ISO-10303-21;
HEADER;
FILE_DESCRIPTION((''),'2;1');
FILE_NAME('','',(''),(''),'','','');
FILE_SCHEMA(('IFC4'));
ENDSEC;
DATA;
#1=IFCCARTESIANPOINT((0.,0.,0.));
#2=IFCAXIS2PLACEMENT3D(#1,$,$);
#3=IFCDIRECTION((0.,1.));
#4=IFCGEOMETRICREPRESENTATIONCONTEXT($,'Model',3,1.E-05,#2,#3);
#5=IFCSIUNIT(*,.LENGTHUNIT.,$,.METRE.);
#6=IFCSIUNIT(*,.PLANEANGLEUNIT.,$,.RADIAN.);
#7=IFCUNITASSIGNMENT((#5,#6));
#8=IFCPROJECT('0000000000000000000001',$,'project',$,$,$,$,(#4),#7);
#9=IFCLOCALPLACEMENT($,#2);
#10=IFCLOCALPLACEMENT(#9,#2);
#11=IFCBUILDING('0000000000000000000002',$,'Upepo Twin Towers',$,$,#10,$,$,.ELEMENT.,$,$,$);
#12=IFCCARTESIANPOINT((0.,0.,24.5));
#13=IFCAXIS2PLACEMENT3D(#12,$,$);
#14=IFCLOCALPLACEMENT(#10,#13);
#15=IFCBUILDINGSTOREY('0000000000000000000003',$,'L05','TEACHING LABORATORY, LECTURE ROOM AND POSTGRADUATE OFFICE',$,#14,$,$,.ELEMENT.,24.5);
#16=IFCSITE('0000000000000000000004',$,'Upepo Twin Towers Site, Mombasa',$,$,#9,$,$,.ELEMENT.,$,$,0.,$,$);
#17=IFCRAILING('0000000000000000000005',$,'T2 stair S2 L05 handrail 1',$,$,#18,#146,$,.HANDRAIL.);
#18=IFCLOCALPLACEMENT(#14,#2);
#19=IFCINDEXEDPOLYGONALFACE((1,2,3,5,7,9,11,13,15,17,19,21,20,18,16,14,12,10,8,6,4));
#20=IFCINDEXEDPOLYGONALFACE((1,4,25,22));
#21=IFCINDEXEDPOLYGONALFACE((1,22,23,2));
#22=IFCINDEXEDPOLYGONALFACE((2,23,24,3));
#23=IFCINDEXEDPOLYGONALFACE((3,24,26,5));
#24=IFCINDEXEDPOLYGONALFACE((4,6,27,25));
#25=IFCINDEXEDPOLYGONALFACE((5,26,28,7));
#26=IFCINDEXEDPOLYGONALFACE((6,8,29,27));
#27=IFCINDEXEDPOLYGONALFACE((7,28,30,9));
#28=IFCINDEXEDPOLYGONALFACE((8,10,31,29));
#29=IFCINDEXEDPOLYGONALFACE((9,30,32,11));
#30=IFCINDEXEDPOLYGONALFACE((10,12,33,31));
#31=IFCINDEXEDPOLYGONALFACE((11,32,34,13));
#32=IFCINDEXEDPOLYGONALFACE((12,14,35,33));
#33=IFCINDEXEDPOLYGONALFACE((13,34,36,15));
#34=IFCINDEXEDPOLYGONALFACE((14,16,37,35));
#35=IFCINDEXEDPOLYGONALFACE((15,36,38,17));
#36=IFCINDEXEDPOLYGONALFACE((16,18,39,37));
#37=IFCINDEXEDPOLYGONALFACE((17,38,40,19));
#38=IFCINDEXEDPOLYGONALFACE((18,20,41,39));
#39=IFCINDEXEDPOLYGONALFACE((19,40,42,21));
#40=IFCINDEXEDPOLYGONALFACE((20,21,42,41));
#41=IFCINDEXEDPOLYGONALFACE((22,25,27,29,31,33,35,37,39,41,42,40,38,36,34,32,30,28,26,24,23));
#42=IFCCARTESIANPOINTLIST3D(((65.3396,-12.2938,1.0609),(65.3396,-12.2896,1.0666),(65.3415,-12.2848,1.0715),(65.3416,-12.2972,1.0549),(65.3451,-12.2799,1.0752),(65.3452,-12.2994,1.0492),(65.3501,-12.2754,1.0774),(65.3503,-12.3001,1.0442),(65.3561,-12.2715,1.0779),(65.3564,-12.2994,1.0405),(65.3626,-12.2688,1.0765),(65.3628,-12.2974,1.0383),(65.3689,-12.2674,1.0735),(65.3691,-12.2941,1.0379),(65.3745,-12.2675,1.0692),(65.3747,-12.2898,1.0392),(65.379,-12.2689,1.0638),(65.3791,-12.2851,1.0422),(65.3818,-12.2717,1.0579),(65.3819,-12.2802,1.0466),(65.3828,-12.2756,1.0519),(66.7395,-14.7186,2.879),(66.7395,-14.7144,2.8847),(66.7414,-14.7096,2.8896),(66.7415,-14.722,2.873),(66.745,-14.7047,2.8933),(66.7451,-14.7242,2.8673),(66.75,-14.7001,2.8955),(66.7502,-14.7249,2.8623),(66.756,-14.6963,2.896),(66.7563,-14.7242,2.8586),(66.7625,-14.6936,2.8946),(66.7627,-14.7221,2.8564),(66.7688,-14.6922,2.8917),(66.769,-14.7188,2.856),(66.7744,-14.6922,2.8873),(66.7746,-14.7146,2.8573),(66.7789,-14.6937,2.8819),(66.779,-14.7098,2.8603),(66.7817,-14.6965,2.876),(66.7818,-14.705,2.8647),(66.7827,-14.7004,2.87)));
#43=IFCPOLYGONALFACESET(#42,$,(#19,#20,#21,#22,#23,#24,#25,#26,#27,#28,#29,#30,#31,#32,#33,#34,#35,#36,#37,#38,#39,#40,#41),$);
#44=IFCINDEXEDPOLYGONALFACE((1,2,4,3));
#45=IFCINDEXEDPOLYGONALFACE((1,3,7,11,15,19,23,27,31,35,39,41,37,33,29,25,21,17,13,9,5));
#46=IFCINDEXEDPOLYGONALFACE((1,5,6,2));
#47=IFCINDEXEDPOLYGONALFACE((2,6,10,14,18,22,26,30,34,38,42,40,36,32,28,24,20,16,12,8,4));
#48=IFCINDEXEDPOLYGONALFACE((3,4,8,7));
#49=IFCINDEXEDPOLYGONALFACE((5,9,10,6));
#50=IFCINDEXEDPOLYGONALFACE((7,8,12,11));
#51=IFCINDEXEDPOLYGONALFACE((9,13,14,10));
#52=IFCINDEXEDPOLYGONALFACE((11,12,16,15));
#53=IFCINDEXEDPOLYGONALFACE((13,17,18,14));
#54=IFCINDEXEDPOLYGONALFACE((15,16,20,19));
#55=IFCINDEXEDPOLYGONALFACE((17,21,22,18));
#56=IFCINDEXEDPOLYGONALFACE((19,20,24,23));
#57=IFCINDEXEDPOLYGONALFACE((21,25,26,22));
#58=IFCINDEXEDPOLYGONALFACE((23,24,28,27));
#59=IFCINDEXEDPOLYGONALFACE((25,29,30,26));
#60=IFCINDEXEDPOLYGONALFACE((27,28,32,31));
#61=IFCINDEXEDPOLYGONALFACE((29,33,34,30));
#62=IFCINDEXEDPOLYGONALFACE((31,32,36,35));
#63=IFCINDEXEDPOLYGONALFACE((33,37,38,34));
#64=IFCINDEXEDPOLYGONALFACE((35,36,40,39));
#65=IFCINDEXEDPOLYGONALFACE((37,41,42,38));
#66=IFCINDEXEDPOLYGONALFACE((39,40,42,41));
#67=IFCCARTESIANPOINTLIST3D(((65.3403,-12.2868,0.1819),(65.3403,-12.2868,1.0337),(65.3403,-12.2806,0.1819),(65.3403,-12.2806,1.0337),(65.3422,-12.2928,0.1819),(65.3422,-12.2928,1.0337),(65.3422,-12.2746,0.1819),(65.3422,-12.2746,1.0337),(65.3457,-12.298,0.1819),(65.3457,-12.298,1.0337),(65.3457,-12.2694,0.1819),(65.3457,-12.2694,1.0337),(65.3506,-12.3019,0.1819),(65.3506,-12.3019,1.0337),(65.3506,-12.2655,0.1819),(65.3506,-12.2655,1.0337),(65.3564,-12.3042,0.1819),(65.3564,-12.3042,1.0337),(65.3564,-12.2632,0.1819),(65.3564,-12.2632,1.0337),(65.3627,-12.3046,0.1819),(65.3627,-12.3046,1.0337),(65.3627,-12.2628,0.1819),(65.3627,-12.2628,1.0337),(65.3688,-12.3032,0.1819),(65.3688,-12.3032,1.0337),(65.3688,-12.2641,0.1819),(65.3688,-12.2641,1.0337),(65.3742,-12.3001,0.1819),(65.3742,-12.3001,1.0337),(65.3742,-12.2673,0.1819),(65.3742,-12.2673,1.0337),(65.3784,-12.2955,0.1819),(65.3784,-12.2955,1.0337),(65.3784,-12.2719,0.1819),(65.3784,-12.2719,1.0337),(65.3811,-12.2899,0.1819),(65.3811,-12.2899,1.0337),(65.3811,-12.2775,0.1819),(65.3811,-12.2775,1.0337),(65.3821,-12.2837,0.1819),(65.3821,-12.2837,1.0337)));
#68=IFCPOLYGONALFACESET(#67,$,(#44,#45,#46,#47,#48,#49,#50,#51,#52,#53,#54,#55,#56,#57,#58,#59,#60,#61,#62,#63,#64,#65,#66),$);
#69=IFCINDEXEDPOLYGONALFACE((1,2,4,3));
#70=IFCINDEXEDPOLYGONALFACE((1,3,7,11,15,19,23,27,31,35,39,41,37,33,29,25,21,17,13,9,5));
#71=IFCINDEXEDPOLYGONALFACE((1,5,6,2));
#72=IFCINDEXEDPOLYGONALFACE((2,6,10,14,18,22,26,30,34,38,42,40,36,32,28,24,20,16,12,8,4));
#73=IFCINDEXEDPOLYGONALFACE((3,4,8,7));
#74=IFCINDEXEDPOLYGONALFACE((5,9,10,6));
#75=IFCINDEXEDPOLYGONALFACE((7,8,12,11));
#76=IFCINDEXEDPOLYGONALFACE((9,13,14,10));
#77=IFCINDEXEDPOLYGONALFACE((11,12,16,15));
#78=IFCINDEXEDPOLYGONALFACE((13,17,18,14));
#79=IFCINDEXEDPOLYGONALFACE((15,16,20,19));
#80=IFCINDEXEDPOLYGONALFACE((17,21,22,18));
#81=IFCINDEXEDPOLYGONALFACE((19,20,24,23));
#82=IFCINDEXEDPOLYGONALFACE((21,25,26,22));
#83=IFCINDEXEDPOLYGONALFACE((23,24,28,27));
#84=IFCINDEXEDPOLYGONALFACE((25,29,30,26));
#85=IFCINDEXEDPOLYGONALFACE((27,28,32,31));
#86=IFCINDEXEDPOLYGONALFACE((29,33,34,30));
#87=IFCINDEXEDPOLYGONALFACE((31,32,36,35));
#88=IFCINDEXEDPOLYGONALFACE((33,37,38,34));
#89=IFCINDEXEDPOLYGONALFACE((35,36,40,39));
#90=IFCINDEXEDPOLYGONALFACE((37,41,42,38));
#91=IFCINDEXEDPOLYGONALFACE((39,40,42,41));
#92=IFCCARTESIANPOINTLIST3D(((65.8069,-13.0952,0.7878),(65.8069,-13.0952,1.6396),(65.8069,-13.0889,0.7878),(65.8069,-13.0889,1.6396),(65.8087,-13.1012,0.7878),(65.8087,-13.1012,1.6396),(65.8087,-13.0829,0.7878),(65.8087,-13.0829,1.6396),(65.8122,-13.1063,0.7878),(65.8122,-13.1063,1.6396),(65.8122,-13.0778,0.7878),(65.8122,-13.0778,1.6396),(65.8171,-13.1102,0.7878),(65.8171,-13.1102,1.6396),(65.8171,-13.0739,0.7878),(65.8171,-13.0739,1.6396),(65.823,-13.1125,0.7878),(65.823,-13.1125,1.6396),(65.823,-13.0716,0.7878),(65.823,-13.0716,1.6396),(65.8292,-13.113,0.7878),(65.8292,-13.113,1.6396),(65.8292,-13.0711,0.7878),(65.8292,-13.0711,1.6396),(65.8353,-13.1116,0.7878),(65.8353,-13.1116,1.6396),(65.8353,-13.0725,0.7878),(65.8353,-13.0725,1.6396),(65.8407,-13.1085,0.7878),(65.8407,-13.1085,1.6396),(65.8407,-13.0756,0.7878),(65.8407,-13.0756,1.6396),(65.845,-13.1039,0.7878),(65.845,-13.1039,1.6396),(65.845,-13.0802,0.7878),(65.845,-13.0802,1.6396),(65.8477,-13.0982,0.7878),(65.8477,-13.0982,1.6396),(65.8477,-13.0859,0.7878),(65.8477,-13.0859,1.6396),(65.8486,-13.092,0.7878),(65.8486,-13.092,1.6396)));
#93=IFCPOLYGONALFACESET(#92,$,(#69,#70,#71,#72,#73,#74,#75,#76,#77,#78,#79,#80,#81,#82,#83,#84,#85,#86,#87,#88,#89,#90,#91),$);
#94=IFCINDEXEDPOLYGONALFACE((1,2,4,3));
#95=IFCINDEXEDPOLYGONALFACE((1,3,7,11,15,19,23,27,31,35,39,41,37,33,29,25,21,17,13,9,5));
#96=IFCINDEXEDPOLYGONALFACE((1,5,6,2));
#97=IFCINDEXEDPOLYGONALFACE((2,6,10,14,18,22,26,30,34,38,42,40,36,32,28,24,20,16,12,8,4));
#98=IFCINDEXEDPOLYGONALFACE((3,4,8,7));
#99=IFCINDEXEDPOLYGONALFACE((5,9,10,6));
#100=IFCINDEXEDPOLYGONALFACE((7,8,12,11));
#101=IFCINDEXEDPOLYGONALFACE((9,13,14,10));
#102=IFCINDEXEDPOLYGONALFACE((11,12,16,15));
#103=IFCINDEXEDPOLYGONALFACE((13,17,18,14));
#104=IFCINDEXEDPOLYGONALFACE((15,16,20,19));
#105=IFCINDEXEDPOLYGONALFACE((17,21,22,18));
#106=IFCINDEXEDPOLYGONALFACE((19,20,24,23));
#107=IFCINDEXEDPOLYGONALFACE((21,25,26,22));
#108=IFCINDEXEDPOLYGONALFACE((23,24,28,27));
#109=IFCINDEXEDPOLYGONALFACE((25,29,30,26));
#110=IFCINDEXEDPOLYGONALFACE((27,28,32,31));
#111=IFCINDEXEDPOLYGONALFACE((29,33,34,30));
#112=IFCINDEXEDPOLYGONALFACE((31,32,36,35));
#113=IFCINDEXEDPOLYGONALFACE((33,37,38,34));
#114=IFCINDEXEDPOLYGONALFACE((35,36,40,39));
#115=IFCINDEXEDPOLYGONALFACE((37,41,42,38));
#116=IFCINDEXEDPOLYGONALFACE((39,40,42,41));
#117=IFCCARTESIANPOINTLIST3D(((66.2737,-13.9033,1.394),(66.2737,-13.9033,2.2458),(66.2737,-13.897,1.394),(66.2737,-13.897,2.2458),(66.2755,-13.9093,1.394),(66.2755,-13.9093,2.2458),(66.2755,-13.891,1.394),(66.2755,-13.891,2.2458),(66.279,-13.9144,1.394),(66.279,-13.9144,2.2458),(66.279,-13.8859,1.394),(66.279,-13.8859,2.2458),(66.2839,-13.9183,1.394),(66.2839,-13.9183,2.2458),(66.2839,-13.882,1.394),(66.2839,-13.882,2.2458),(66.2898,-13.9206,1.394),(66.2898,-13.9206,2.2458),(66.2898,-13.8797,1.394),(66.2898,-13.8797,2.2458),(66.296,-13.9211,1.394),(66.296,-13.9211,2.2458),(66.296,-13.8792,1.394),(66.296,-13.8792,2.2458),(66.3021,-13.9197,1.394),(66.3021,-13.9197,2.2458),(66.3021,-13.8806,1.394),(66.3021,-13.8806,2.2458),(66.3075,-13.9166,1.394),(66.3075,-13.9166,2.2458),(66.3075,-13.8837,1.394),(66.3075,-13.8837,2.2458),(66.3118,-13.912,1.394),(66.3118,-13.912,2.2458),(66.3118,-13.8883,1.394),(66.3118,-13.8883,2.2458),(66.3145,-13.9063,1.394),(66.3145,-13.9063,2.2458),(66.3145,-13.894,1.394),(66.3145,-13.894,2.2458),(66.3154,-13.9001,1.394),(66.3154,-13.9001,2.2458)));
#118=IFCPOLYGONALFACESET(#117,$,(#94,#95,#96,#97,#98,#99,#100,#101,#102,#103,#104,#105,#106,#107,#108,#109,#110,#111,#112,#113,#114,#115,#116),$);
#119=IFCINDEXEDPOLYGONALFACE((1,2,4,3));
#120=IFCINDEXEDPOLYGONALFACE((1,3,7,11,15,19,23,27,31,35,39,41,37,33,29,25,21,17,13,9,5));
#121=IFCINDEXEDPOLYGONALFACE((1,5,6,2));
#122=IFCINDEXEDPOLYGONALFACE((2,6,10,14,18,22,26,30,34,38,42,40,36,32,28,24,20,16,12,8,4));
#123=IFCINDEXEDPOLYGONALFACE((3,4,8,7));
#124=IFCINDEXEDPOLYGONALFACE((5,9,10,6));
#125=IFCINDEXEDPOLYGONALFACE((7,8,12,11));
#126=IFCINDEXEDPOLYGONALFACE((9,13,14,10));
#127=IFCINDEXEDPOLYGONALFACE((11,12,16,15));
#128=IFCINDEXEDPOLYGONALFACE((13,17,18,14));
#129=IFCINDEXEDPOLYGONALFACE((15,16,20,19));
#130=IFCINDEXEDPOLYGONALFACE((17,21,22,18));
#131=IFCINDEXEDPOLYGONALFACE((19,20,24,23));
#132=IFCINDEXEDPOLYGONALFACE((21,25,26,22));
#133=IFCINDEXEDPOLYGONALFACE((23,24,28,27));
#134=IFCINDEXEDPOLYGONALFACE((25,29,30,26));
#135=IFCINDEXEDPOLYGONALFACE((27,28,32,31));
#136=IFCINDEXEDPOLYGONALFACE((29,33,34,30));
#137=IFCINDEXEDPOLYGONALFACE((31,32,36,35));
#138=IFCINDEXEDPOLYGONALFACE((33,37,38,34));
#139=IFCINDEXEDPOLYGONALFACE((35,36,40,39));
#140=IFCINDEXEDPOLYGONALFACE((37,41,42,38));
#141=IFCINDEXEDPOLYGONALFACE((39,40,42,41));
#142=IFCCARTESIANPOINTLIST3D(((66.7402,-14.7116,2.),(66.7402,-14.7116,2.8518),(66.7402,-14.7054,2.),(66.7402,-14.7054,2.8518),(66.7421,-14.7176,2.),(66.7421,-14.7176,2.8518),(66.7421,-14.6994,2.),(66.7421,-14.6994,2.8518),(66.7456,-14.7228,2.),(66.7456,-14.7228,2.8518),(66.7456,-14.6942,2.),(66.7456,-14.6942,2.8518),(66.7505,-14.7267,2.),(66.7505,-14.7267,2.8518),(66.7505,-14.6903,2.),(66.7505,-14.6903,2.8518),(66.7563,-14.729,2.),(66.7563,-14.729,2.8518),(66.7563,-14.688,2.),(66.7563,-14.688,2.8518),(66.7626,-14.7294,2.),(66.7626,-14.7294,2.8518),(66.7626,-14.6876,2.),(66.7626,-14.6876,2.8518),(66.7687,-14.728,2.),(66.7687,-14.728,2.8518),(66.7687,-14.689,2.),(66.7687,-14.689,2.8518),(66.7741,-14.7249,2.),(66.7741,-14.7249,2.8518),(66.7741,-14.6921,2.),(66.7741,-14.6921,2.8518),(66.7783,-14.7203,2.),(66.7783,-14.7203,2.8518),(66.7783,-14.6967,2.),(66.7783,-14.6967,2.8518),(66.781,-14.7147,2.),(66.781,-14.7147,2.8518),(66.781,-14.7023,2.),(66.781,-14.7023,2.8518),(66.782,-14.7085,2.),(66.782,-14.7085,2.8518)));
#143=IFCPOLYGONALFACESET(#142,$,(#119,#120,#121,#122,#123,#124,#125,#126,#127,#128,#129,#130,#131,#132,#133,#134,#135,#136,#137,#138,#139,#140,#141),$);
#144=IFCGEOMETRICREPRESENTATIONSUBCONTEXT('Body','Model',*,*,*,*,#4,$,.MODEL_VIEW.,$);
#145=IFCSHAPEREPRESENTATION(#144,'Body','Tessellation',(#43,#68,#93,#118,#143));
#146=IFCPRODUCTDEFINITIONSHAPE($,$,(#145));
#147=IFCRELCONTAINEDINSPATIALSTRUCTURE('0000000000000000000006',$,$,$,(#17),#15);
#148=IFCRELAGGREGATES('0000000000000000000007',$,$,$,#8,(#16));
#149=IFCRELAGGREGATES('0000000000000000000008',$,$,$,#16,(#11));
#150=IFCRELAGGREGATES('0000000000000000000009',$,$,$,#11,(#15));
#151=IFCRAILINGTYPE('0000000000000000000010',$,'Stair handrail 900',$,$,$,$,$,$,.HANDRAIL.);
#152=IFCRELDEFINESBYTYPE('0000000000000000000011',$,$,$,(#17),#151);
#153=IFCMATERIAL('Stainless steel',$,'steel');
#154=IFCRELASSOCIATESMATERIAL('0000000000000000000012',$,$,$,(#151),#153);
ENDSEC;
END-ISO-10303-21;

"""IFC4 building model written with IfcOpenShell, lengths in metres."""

from ifc_helpers import new_model, si_unit, direction, frame, origin, origin_2d, place, context, subcontext, project, spatial, circle, extrude, material, type_object, element, save


model = new_model("IFC4")

# Units and contexts
model_context = context("Model", 3, precision=1e-05, world=origin(), true_north=direction((0.0, 1.0)))
body_context = subcontext(model_context, "Body", "Model", "MODEL_VIEW")
ifc_project = project(units=[si_unit("LENGTHUNIT", "METRE"), si_unit("PLANEANGLEUNIT", "RADIAN")], contexts=[model_context])

# Site, building, storey
site_placement = place(None, origin())
site = spatial("IfcSite", under=ifc_project, at=site_placement, Name="Upepo Twin Towers Site, Mombasa", CompositionType="ELEMENT", RefElevation=0.0)
building_placement = place(site_placement, origin())
building = spatial("IfcBuilding", under=site, at=building_placement, Name="Upepo Twin Towers", CompositionType="ELEMENT")
storey_placement = place(building_placement, frame((0.0, 0.0, 24.5)))
storey = spatial("IfcBuildingStorey", under=building, at=storey_placement, Name="L05", Description="TEACHING LABORATORY, LECTURE ROOM AND POSTGRADUATE OFFICE", CompositionType="ELEMENT", Elevation=24.5)

# Railing
ifc_material_1 = material(Name="Stainless steel", Category="steel")
railing_type = type_object("IfcRailingType", Name="Stair handrail 900", PredefinedType="HANDRAIL", material=ifc_material_1)
railing_1_placement = place(storey_placement, frame((65.3611, -12.2837, 0.1819)))
element("IfcRailing", 1, at=railing_1_placement, inside=storey, type_object=railing_type, Name="T2 stair S2 L05 handrail 1", PredefinedType="HANDRAIL", context=body_context, shape_type="SweptSolid", body=[
    extrude(circle(Radius=0.0239, at=origin_2d()), frame((0.0, 0.0, 0.876), z_axis=(0.419333, -0.726336, 0.544606), x_axis=(0.866035, 0.499984, 0.0)), (0.0, 0.0, 1.0), 3.3384),
    extrude(circle(Radius=0.021, at=origin_2d()), origin(), (0.0, 0.0, 1.0), 0.8518),
    extrude(circle(Radius=0.021, at=origin_2d()), frame((0.4666, -0.8083, 0.606)), (0.0, 0.0, 1.0), 0.8518),
    extrude(circle(Radius=0.021, at=origin_2d()), frame((0.9333, -1.6165, 1.2122)), (0.0, 0.0, 1.0), 0.8518),
    extrude(circle(Radius=0.021, at=origin_2d()), frame((1.3999, -2.4248, 1.8181)), (0.0, 0.0, 1.0), 0.8518),
])

save(model, "model.ifc")
